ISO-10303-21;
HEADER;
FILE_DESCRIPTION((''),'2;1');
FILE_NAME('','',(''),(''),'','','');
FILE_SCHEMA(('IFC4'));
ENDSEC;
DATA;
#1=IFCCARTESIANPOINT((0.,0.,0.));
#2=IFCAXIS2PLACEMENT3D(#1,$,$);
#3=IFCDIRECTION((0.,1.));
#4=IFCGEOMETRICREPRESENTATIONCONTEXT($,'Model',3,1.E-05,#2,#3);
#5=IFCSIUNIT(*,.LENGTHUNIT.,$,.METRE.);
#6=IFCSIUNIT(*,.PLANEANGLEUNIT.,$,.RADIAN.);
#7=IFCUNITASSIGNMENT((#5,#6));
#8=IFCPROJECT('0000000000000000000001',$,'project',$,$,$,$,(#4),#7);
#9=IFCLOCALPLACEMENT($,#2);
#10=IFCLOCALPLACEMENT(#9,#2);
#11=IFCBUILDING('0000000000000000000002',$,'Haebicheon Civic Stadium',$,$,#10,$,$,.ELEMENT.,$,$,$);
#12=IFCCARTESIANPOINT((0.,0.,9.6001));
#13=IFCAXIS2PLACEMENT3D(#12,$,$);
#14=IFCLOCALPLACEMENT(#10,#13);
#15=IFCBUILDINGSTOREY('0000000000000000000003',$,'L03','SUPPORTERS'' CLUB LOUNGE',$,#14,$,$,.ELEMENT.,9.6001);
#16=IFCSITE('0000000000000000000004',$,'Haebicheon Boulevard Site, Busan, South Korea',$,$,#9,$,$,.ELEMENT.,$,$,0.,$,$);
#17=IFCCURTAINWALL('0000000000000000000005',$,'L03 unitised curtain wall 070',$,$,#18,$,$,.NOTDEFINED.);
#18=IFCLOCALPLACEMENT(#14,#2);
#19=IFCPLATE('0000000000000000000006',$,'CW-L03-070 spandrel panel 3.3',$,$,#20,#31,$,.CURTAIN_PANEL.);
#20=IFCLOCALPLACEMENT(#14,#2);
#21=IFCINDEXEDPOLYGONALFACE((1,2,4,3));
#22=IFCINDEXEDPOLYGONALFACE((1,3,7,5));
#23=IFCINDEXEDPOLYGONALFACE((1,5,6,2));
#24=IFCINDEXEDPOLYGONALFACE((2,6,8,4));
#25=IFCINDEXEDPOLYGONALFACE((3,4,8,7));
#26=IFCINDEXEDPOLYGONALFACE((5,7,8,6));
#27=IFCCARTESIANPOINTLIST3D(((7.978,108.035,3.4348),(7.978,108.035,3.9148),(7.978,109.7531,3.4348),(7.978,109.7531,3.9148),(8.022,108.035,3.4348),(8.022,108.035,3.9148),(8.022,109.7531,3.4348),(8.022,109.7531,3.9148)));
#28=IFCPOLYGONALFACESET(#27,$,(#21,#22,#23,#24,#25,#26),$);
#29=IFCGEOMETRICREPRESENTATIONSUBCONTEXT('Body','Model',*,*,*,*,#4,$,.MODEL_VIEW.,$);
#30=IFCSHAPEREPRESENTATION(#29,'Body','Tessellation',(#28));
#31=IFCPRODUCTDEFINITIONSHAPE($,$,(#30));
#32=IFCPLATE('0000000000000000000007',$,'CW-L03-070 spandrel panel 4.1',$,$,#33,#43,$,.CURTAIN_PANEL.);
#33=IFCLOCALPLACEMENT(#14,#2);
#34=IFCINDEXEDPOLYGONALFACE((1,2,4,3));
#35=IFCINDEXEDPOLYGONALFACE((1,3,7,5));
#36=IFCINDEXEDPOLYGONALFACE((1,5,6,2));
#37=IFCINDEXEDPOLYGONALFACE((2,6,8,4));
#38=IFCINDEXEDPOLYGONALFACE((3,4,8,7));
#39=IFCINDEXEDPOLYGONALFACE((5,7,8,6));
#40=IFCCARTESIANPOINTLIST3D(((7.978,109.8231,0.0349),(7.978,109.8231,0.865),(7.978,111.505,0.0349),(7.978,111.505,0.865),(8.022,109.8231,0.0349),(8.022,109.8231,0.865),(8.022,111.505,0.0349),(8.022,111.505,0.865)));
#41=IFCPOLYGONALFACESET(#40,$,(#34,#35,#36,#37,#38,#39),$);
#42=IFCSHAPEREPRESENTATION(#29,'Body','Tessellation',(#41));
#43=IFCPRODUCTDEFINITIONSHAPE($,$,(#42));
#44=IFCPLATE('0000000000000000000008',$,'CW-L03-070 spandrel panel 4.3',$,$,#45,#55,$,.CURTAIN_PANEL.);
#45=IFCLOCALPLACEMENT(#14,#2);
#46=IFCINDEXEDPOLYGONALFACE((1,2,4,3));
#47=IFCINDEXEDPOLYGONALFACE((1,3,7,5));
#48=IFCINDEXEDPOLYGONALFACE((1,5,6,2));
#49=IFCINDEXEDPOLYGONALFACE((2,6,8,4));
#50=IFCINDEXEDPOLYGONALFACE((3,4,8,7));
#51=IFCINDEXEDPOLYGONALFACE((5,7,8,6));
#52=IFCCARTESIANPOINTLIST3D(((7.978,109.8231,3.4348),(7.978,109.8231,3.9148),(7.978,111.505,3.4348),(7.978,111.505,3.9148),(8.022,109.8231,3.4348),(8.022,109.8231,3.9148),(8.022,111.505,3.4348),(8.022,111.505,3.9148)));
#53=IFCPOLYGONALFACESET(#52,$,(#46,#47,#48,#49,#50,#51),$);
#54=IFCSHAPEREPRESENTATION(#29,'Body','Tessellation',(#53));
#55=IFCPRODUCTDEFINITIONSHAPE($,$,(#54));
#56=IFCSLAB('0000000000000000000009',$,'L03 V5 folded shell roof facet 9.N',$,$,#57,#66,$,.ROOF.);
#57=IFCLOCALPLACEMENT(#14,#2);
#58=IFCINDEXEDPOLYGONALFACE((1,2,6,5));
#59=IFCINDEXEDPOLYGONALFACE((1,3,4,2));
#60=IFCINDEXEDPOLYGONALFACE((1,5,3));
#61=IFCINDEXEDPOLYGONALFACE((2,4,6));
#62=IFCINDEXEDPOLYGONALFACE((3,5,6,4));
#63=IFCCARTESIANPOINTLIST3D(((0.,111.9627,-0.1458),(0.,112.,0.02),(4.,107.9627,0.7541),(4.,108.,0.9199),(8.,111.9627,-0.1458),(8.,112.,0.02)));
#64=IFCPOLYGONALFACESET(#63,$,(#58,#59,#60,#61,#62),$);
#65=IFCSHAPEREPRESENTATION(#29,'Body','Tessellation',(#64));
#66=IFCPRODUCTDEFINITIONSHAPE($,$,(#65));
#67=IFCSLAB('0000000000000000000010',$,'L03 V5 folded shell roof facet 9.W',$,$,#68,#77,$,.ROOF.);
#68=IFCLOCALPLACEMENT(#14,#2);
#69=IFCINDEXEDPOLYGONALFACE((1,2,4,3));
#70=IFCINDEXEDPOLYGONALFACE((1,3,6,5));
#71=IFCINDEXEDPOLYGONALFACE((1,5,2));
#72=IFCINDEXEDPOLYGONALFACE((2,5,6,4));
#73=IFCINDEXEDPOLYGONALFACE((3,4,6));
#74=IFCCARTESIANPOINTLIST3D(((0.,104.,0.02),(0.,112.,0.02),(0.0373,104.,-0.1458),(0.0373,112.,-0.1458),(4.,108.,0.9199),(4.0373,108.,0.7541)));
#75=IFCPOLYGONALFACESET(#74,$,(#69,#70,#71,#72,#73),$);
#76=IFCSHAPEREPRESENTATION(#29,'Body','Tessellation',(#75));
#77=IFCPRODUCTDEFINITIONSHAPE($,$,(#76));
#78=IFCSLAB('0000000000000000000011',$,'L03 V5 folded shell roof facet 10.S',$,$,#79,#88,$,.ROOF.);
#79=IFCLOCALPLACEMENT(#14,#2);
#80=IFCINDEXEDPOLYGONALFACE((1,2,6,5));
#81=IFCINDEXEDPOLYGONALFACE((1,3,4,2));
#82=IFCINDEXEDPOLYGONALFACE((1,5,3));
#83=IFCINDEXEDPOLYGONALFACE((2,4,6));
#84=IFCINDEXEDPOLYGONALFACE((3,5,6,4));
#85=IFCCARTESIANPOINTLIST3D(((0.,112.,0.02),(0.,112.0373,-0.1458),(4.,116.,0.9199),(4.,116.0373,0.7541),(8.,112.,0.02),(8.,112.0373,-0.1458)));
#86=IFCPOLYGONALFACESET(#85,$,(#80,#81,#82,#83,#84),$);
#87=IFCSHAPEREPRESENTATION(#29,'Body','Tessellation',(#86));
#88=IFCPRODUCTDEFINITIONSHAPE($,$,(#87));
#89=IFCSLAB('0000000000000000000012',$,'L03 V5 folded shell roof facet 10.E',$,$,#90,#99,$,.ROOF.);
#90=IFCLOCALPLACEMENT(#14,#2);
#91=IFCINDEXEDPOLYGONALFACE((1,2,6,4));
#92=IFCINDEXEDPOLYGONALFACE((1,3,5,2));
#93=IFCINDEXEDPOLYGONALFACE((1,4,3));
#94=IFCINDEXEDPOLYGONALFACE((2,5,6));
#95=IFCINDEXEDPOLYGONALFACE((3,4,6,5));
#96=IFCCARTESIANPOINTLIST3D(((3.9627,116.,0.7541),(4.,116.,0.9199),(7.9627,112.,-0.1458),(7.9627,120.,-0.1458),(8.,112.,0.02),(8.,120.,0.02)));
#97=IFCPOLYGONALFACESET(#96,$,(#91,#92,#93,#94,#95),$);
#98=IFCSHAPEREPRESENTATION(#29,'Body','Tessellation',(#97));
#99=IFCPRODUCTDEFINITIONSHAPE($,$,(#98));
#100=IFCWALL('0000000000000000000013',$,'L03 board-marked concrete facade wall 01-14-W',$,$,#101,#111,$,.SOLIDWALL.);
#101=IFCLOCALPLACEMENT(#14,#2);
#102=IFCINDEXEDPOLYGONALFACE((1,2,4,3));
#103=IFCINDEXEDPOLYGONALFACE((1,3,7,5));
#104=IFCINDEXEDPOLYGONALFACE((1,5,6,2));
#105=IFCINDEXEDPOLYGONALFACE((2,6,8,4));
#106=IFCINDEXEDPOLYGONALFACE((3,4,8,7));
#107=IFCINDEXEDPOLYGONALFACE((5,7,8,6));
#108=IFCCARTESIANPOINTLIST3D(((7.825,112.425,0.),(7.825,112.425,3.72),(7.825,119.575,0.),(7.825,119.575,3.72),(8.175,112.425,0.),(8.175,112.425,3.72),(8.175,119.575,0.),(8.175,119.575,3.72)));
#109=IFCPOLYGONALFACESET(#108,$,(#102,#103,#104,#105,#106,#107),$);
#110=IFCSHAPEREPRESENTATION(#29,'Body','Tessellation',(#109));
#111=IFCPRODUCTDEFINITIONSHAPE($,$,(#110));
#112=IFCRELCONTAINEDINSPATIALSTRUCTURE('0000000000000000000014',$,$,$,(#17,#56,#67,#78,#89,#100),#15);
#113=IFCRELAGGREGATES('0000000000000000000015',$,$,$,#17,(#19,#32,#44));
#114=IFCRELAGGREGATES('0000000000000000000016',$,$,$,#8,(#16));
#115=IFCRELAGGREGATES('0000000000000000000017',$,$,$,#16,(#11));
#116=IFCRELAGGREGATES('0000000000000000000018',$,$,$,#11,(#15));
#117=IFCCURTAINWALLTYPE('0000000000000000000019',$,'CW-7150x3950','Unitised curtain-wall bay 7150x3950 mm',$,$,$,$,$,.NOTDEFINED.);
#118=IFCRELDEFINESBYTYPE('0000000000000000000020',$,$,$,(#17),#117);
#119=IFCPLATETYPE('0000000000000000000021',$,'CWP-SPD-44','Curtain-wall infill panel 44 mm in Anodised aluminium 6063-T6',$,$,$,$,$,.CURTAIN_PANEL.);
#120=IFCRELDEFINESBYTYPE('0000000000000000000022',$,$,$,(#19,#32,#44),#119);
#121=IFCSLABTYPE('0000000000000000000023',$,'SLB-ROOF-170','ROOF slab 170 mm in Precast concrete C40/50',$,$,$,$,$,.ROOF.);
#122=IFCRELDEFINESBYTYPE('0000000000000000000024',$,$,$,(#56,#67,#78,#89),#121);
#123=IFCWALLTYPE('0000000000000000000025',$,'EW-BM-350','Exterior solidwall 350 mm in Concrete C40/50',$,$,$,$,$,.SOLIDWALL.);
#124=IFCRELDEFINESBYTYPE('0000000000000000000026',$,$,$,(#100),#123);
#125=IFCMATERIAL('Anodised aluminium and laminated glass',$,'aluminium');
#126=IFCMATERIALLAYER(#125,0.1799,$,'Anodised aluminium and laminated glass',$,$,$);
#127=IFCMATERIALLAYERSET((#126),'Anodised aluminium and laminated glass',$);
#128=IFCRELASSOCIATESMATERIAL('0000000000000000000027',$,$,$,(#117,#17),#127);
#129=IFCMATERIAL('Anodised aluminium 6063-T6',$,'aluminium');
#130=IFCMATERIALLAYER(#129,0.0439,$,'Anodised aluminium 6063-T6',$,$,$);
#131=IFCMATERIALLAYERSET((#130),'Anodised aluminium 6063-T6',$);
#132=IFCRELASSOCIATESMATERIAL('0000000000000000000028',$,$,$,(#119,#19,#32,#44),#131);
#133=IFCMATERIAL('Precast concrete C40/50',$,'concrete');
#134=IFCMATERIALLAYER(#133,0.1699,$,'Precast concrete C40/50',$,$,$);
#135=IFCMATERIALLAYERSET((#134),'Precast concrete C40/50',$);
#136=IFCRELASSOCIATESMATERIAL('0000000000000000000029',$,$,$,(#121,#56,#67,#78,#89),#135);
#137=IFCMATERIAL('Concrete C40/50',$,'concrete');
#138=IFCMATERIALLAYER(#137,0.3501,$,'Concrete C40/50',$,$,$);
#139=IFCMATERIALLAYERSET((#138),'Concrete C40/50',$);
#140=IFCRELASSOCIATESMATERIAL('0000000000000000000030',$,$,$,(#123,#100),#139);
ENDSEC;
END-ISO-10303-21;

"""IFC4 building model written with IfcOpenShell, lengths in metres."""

from ifc_helpers import new_model, si_unit, direction, frame, frame_2d, origin, origin_2d, place, context, subcontext, project, spatial, polyline, rectangle, outline, extrude, material, layer, layer_set, type_object, element, aggregate, save


model = new_model("IFC4")

# Units and contexts
model_context = context("Model", 3, precision=1e-05, world=origin(), true_north=direction((0.0, 1.0)))
body_context = subcontext(model_context, "Body", "Model", "MODEL_VIEW")
ifc_project = project(units=[si_unit("LENGTHUNIT", "METRE"), si_unit("PLANEANGLEUNIT", "RADIAN")], contexts=[model_context])

# Site, building, storey
site_placement = place(None, origin())
site = spatial("IfcSite", under=ifc_project, at=site_placement, Name="Haebicheon Boulevard Site, Busan, South Korea", CompositionType="ELEMENT", RefElevation=0.0)
building_placement = place(site_placement, origin())
building = spatial("IfcBuilding", under=site, at=building_placement, Name="Haebicheon Civic Stadium", CompositionType="ELEMENT")
storey_placement = place(building_placement, frame((0.0, 0.0, 9.6001)))
storey = spatial("IfcBuildingStorey", under=building, at=storey_placement, Name="L03", Description="SUPPORTERS' CLUB LOUNGE", CompositionType="ELEMENT", Elevation=9.6001)

# Curtain wall
ifc_material_1 = material(Name="Anodised aluminium and laminated glass", Category="aluminium")
ifc_layer_1 = layer(ifc_material_1, 0.1799, Name="Anodised aluminium and laminated glass")
ifc_layer_set_1 = layer_set([ifc_layer_1], Name="Anodised aluminium and laminated glass")
curtain_wall_type = type_object("IfcCurtainWallType", Name="CW-7150x3950", Description="Unitised curtain-wall bay 7150x3950 mm", PredefinedType="NOTDEFINED", material=ifc_layer_set_1)
curtain_wall_placement = place(storey_placement, origin())
curtain_wall = element("IfcCurtainWall", 1, at=curtain_wall_placement, inside=storey, type_object=curtain_wall_type, material=ifc_layer_set_1, Name="L03 unitised curtain wall 070", PredefinedType="NOTDEFINED")

# Plates
ifc_material_2 = material(Name="Anodised aluminium 6063-T6", Category="aluminium")
ifc_layer_2 = layer(ifc_material_2, 0.0439, Name="Anodised aluminium 6063-T6")
ifc_layer_set_2 = layer_set([ifc_layer_2], Name="Anodised aluminium 6063-T6")
plate_type_1 = type_object("IfcPlateType", Name="CWP-SPD-44", Description="Curtain-wall infill panel 44 mm in Anodised aluminium 6063-T6", PredefinedType="CURTAIN_PANEL", material=ifc_layer_set_2)
plate_1_placement = place(storey_placement, frame((8.0, 108.894, 3.4348), z_axis=(0.0, 0.0, 1.0), x_axis=(0.0, 1.0, 0.0)))
plate_1 = element("IfcPlate", 2, at=plate_1_placement, type_object=plate_type_1, material=ifc_layer_set_2, Name="CW-L03-070 spandrel panel 3.3", PredefinedType="CURTAIN_PANEL", context=body_context, shape_type="SweptSolid", body=[
    extrude(rectangle(XDim=1.718, YDim=0.0439, at=origin_2d()), origin(), (0.0, 0.0, 1.0), 0.48),
])
plate_2_placement = place(storey_placement, frame((8.0, 110.6641, 0.0349), z_axis=(0.0, 0.0, 1.0), x_axis=(0.0, 1.0, 0.0)))
plate_2 = element("IfcPlate", 3, at=plate_2_placement, type_object=plate_type_1, material=ifc_layer_set_2, Name="CW-L03-070 spandrel panel 4.1", PredefinedType="CURTAIN_PANEL", context=body_context, shape_type="SweptSolid", body=[
    extrude(rectangle(XDim=1.6819, YDim=0.0439, at=origin_2d()), origin(), (0.0, 0.0, 1.0), 0.8301),
])
plate_3_placement = place(storey_placement, frame((8.0, 110.6641, 3.4348), z_axis=(0.0, 0.0, 1.0), x_axis=(0.0, 1.0, 0.0)))
plate_3 = element("IfcPlate", 4, at=plate_3_placement, type_object=plate_type_1, material=ifc_layer_set_2, Name="CW-L03-070 spandrel panel 4.3", PredefinedType="CURTAIN_PANEL", context=body_context, shape_type="SweptSolid", body=[
    extrude(rectangle(XDim=1.6819, YDim=0.0439, at=origin_2d()), origin(), (0.0, 0.0, 1.0), 0.48),
])
aggregate(curtain_wall, [plate_1, plate_2, plate_3])

# Slabs
ifc_material_3 = material(Name="Precast concrete C40/50", Category="concrete")
ifc_layer_3 = layer(ifc_material_3, 0.1699, Name="Precast concrete C40/50")
ifc_layer_set_3 = layer_set([ifc_layer_3], Name="Precast concrete C40/50")
slab_type = type_object("IfcSlabType", Name="SLB-ROOF-170", Description="ROOF slab 170 mm in Precast concrete C40/50", PredefinedType="ROOF", material=ifc_layer_set_3)
for number, where, z_axis, x_axis, name in (
    (5, (8.0, 112.0, 0.02), (0.0, 0.21949, 0.975615), (-1.0, 0.0, 0.0), "L03 V5 folded shell roof facet 9.N"),
    (6, (0.0, 112.0, 0.02), (-0.21949, 0.0, 0.975615), (0.0, -1.0, 0.0), "L03 V5 folded shell roof facet 9.W"),
    (7, (0.0, 112.0, 0.02), (0.0, -0.21949, 0.975615), (1.0, 0.0, 0.0), "L03 V5 folded shell roof facet 10.S"),
    (8, (8.0, 112.0, 0.02), (0.21949, 0.0, 0.975615), (0.0, 1.0, 0.0), "L03 V5 folded shell roof facet 10.E"),
):
    element("IfcSlab", number, at=place(storey_placement, frame(where, z_axis=z_axis, x_axis=x_axis)), inside=storey, type_object=slab_type, material=ifc_layer_set_3, Name=name, PredefinedType="ROOF", context=body_context, shape_type="SweptSolid", body=[
        extrude(outline(polyline([(0.0, 0.0), (8.0, 0.0), (4.0, 4.1), (0.0, 0.0)])), origin(), (0.0, 0.0, -1.0), 0.1699),
    ])

# Wall
ifc_material_4 = material(Name="Concrete C40/50", Category="concrete")
ifc_layer_4 = layer(ifc_material_4, 0.3501, Name="Concrete C40/50")
ifc_layer_set_4 = layer_set([ifc_layer_4], Name="Concrete C40/50")
wall_type = type_object("IfcWallType", Name="EW-BM-350", Description="Exterior solidwall 350 mm in Concrete C40/50", PredefinedType="SOLIDWALL", material=ifc_layer_set_4)
wall_placement = place(storey_placement, frame((8.0, 112.425, 0.0), z_axis=(0.0, 0.0, 1.0), x_axis=(0.0, 1.0, 0.0)))
element("IfcWall", 9, at=wall_placement, inside=storey, type_object=wall_type, material=ifc_layer_set_4, Name="L03 board-marked concrete facade wall 01-14-W", PredefinedType="SOLIDWALL", context=body_context, shape_type="SweptSolid", body=[
    extrude(rectangle(XDim=7.1499, YDim=0.3501, at=frame_2d((3.575, 0.0))), origin(), (0.0, 0.0, 1.0), 3.72),
])

save(model, "model.ifc")
